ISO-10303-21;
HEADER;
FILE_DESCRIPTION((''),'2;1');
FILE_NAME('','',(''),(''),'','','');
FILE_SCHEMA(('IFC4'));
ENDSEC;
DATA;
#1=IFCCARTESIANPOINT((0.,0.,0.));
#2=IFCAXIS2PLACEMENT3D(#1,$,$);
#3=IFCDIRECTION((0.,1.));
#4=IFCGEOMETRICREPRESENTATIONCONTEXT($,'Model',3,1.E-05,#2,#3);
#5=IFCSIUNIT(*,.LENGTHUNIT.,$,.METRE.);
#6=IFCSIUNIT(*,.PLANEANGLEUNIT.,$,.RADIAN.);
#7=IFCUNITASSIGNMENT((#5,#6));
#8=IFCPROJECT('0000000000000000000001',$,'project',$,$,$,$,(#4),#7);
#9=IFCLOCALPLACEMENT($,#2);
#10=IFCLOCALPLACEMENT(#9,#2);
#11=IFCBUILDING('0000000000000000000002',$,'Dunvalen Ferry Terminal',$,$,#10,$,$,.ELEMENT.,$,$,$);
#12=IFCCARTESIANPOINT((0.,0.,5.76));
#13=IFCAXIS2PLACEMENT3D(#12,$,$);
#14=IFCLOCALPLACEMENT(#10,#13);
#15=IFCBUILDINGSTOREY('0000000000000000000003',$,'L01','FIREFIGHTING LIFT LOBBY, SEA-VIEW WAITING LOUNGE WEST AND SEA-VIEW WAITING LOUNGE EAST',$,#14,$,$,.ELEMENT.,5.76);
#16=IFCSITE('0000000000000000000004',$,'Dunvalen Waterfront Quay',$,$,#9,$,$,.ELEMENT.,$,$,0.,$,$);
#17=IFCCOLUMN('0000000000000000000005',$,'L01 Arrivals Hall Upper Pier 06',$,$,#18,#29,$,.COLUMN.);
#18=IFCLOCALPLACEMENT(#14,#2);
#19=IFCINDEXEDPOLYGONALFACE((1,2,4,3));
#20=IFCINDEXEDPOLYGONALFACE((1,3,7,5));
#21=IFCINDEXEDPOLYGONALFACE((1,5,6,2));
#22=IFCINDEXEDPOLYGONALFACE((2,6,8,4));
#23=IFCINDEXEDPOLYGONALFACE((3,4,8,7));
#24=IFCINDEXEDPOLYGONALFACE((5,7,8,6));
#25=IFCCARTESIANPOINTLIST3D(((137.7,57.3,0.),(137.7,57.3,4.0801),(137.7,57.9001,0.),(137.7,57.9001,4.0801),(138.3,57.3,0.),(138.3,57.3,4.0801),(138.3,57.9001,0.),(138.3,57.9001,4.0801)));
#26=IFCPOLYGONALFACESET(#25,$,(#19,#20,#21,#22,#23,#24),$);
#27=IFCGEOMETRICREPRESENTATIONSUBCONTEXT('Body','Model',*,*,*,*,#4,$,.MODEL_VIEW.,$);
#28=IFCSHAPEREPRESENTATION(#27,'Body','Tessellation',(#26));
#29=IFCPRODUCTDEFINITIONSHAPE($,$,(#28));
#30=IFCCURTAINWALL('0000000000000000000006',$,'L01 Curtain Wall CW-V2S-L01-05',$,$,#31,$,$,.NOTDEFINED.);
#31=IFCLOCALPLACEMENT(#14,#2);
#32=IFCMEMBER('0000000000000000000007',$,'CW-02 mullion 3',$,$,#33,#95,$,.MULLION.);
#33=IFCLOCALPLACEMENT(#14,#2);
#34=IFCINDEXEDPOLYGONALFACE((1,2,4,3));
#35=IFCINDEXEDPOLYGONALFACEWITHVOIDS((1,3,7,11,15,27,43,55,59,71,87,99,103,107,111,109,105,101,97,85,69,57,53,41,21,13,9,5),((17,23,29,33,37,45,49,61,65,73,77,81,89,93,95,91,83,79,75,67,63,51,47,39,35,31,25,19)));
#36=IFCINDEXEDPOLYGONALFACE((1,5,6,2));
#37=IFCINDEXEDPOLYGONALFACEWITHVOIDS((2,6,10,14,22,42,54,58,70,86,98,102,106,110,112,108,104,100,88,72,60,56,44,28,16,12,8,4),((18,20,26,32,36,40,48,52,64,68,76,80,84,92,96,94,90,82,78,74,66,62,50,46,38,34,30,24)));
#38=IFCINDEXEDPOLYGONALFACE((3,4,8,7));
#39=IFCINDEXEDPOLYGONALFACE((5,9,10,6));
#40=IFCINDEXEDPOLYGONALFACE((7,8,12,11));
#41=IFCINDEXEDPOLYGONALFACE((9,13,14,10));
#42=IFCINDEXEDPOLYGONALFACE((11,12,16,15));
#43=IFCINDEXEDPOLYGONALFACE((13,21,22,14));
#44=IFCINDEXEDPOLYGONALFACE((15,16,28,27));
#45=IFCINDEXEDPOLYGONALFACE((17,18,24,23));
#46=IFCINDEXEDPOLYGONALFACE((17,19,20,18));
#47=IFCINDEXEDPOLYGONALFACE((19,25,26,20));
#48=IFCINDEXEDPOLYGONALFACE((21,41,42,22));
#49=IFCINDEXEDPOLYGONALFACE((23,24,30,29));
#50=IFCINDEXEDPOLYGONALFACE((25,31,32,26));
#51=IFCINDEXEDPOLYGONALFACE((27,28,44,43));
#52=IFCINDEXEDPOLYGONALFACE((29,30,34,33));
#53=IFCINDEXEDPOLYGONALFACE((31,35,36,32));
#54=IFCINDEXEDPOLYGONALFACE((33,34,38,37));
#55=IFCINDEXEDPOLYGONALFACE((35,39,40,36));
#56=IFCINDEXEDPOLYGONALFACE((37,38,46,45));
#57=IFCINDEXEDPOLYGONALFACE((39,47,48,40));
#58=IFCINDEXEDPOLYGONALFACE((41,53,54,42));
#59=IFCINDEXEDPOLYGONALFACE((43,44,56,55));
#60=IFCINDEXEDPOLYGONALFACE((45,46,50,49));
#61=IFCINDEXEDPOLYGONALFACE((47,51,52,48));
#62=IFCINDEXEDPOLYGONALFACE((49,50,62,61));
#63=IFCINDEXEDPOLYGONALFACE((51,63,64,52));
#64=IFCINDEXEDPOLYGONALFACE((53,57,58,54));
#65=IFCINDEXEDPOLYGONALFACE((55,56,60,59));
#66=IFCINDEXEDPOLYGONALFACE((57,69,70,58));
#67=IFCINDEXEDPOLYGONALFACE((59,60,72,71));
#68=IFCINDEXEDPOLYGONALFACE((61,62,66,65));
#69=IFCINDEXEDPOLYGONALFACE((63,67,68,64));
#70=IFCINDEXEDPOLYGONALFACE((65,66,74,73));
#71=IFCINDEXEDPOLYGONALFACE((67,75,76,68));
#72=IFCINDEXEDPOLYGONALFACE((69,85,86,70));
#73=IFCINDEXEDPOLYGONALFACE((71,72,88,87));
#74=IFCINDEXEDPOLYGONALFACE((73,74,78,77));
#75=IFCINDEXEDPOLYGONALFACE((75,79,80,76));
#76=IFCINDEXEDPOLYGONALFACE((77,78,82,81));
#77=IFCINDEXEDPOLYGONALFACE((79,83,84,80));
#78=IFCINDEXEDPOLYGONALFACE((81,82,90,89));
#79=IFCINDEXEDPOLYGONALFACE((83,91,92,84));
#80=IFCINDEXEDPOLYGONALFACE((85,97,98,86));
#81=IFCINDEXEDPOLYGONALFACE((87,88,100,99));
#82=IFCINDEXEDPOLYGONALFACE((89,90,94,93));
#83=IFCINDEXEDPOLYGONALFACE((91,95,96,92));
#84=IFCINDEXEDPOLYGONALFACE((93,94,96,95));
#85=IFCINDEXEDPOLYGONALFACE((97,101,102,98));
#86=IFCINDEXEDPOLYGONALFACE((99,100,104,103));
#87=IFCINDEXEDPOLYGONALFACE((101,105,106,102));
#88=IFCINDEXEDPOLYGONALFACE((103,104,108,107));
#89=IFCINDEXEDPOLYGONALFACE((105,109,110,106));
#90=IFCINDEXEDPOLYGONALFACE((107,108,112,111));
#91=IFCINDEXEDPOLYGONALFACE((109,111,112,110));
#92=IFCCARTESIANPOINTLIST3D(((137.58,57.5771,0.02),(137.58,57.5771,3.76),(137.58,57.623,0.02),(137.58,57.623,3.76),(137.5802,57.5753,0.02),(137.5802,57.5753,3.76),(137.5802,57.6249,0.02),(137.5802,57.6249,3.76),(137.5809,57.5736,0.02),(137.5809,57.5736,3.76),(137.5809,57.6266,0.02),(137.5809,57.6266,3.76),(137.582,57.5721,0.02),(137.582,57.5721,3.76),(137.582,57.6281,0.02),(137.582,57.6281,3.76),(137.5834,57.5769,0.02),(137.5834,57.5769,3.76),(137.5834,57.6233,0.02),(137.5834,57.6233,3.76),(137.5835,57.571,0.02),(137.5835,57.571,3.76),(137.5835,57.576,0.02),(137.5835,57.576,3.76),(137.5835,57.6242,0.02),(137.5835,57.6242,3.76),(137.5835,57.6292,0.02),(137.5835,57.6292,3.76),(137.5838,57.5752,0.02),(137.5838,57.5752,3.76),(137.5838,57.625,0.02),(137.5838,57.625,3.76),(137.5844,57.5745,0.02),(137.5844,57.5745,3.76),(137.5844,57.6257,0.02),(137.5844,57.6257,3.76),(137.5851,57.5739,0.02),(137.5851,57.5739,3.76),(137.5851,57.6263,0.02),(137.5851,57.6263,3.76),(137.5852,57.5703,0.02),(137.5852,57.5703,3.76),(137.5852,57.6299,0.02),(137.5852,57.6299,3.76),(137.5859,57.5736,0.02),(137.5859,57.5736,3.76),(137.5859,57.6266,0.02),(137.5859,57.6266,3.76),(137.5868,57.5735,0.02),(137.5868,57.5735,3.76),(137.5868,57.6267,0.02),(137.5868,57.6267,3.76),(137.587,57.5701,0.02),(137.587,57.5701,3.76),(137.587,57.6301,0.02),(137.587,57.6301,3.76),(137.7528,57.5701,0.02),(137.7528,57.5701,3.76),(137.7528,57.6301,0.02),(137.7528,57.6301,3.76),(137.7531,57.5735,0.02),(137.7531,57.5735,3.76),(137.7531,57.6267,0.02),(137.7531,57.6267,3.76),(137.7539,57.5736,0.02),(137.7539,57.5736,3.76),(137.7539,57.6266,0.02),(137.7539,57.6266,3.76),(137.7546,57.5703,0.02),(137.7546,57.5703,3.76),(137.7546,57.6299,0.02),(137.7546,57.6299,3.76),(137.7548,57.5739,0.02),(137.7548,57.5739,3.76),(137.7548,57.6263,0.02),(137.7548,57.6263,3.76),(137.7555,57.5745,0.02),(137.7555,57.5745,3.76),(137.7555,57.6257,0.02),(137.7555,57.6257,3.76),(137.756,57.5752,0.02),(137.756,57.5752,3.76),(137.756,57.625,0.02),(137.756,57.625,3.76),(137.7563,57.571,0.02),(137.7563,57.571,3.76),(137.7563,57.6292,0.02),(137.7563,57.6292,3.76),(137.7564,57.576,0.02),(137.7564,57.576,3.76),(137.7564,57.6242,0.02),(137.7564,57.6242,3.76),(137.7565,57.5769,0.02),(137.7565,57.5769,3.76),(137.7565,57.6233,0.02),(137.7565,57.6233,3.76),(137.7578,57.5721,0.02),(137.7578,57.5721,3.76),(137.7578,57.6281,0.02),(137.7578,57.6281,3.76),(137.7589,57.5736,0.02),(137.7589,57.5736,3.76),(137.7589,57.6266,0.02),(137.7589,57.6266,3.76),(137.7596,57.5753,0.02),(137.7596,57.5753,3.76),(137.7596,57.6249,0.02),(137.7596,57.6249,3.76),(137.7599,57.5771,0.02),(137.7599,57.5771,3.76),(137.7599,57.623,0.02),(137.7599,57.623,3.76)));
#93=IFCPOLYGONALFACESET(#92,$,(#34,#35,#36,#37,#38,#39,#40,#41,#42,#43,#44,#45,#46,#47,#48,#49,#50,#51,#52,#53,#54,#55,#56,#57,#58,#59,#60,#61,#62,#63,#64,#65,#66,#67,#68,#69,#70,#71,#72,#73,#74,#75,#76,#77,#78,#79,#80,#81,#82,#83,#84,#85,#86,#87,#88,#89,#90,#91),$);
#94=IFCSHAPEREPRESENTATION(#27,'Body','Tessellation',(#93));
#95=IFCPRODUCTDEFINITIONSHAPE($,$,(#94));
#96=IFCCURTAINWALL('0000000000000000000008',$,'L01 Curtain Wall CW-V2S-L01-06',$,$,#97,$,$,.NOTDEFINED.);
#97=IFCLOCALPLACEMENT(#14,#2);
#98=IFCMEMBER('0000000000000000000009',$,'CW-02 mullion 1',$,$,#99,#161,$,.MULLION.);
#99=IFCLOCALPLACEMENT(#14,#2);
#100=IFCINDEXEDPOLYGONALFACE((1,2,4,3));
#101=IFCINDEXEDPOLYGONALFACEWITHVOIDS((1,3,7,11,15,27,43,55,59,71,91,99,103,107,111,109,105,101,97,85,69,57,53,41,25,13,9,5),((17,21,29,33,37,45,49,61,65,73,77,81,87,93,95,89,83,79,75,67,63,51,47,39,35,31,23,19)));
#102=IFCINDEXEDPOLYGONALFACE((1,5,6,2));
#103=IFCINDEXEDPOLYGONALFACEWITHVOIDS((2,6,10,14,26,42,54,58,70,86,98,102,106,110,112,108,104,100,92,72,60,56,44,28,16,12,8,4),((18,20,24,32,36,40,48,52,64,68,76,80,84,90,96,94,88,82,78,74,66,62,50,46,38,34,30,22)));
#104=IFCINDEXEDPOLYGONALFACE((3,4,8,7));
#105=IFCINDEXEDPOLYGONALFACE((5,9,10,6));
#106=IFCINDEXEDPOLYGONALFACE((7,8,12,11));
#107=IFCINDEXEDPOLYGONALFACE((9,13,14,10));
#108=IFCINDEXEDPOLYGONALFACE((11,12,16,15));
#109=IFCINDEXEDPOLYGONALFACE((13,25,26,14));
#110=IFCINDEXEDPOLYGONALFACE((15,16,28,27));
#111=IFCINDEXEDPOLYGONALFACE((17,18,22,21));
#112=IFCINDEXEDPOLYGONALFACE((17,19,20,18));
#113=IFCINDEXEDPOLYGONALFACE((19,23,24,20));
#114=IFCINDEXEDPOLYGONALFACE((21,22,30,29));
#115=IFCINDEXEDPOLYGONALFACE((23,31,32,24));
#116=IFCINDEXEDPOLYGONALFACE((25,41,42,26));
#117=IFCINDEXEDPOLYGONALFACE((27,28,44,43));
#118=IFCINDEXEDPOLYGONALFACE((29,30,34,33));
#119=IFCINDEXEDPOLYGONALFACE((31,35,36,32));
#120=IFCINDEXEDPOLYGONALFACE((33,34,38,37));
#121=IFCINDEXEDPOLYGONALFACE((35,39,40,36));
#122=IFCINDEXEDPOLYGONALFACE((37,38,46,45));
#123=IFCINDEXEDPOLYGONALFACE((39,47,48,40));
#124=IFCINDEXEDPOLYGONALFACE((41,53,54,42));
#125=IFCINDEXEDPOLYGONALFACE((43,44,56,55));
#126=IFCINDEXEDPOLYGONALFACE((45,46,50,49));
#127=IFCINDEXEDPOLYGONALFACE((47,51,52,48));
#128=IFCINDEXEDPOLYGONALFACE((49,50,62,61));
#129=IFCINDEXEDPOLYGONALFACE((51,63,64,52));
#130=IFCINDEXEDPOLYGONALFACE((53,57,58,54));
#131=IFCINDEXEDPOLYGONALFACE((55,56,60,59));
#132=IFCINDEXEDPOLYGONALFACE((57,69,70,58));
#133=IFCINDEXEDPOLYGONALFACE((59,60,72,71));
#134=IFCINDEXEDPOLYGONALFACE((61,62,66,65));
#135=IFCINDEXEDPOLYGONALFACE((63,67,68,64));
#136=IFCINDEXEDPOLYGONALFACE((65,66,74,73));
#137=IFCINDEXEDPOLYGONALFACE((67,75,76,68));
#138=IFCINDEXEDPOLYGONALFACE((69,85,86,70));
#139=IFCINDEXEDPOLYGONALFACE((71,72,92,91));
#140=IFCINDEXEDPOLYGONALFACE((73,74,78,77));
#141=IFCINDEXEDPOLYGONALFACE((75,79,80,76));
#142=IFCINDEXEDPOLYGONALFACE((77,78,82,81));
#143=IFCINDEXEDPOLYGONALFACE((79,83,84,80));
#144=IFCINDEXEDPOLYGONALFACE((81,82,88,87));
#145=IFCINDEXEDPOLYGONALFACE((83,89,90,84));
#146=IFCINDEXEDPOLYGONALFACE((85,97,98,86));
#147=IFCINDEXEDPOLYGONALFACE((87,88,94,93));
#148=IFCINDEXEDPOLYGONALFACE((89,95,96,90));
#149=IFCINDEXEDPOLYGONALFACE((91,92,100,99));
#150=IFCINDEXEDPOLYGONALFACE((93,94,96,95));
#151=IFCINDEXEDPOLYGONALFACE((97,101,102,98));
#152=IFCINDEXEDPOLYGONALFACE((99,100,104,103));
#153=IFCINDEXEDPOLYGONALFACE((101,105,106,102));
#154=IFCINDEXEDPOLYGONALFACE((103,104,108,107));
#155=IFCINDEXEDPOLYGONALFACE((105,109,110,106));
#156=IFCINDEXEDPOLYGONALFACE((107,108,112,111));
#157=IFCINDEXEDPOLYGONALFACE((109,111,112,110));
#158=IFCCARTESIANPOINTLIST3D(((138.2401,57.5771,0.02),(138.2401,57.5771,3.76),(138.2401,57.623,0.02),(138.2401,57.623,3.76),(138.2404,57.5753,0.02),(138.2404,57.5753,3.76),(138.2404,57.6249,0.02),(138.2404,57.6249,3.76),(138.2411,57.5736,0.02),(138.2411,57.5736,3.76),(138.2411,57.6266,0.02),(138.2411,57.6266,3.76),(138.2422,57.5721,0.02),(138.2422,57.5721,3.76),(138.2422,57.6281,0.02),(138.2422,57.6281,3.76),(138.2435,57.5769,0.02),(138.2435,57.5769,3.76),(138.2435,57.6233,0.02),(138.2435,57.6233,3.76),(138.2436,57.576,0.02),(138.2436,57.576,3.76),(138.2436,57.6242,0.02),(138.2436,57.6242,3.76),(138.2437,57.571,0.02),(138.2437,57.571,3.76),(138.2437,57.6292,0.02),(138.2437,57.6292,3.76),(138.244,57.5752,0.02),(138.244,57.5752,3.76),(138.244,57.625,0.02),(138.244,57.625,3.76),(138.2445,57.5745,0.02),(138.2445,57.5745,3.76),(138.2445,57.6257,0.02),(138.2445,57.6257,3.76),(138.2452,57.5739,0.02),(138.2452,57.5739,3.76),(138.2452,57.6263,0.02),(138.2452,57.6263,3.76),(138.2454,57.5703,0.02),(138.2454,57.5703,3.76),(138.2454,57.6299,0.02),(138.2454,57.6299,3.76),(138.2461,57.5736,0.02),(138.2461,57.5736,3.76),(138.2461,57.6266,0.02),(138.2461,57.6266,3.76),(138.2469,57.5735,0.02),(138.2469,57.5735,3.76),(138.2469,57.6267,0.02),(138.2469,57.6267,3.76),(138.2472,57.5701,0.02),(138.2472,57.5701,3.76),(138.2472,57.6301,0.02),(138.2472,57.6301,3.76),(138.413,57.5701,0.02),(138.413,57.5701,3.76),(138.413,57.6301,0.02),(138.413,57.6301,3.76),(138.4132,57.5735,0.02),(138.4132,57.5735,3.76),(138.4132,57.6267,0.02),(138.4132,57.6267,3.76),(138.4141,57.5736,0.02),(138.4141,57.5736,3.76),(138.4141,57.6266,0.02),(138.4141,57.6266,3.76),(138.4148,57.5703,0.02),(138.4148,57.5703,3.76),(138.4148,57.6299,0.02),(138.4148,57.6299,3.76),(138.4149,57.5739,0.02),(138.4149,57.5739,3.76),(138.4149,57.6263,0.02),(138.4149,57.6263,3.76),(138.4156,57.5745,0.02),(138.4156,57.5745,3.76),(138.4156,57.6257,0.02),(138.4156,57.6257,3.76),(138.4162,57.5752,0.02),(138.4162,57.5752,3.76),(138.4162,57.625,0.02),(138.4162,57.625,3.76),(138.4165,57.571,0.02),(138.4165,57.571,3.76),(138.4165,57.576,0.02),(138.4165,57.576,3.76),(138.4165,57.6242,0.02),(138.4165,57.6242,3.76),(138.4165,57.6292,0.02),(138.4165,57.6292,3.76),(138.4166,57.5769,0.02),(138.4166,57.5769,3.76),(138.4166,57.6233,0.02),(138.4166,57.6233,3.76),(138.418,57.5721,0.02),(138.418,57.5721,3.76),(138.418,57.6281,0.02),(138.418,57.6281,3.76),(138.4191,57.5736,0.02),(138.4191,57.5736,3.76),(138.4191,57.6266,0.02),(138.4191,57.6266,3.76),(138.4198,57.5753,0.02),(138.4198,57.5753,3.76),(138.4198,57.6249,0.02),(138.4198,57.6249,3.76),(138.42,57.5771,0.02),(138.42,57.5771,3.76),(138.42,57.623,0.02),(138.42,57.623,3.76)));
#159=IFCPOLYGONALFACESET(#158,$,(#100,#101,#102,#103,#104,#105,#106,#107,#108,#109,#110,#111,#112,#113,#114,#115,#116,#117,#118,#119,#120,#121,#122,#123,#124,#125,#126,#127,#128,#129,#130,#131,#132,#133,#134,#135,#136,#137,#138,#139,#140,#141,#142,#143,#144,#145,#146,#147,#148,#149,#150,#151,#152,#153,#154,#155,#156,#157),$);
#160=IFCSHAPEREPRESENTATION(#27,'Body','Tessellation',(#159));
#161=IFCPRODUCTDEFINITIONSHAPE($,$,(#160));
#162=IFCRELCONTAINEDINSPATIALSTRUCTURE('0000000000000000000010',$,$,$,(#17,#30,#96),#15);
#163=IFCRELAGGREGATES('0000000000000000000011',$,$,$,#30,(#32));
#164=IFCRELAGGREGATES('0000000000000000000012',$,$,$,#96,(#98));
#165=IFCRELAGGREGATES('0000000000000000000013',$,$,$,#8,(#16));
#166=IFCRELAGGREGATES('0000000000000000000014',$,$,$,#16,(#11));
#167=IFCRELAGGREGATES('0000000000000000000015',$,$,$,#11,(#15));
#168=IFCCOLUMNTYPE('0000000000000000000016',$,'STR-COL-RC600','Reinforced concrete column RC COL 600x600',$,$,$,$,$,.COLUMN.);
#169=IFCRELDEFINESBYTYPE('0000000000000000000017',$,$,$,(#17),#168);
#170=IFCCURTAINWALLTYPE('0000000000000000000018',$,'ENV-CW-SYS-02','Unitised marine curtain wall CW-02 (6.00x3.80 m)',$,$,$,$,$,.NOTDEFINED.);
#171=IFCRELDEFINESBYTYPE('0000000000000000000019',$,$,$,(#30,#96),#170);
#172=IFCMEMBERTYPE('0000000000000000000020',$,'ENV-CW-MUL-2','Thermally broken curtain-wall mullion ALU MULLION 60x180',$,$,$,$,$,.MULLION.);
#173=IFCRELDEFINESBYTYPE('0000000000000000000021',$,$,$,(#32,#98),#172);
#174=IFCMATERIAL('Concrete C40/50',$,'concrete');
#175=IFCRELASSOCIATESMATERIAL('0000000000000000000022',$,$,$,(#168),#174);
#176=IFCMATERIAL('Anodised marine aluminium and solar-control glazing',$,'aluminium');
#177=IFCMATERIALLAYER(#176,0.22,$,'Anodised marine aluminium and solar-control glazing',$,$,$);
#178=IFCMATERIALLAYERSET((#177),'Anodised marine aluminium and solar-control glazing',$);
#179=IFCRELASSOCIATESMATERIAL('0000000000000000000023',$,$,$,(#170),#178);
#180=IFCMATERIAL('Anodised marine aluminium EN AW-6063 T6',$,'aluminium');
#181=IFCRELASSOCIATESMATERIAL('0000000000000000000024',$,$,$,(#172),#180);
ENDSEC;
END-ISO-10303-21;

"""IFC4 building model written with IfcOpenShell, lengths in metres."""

from ifc_helpers import new_model, si_unit, direction, frame, origin, origin_2d, place, context, subcontext, project, spatial, rectangle, hollow_rectangle, extrude, material, layer, layer_set, material_profile, profile_set, type_object, element, aggregate, save


model = new_model("IFC4")

# Units and contexts
model_context = context("Model", 3, precision=1e-05, world=origin(), true_north=direction((0.0, 1.0)))
body_context = subcontext(model_context, "Body", "Model", "MODEL_VIEW")
ifc_project = project(units=[si_unit("LENGTHUNIT", "METRE"), si_unit("PLANEANGLEUNIT", "RADIAN")], contexts=[model_context])

# Site, building, storey
site_placement = place(None, origin())
site = spatial("IfcSite", under=ifc_project, at=site_placement, Name="Dunvalen Waterfront Quay", CompositionType="ELEMENT", RefElevation=0.0)
building_placement = place(site_placement, origin())
building = spatial("IfcBuilding", under=site, at=building_placement, Name="Dunvalen Ferry Terminal", CompositionType="ELEMENT")
storey_placement = place(building_placement, frame((0.0, 0.0, 5.76)))
storey = spatial("IfcBuildingStorey", under=building, at=storey_placement, Name="L01", Description="FIREFIGHTING LIFT LOBBY, SEA-VIEW WAITING LOUNGE WEST AND SEA-VIEW WAITING LOUNGE EAST", CompositionType="ELEMENT", Elevation=5.76)

# Column
ifc_material_1 = material(Name="Concrete C40/50", Category="concrete")
ifc_material_profile_1 = material_profile(ifc_material_1, rectangle(XDim=0.6001, YDim=0.6001, at=origin_2d()), Name="Concrete C40/50")
ifc_profile_set_1 = profile_set([ifc_material_profile_1], Name="Concrete C40/50")
column_type = type_object("IfcColumnType", Name="STR-COL-RC600", Description="Reinforced concrete column RC COL 600x600", PredefinedType="COLUMN", material=ifc_profile_set_1)
column_placement = place(storey_placement, frame((138.0, 57.6001, 0.0), z_axis=(0.0, 0.0, 1.0), x_axis=(1.0, 0.0, 0.0)))
element("IfcColumn", 1, at=column_placement, inside=storey, type_object=column_type, Name="L01 Arrivals Hall Upper Pier 06", PredefinedType="COLUMN", context=body_context, shape_type="SweptSolid", body=[
    extrude(rectangle(XDim=0.6001, YDim=0.6001, at=origin_2d()), origin(), (0.0, 0.0, 1.0), 4.0801),
])

# Curtain wall, member
ifc_material_2 = material(Name="Anodised marine aluminium and solar-control glazing", Category="aluminium")
ifc_layer_1 = layer(ifc_material_2, 0.22, Name="Anodised marine aluminium and solar-control glazing")
ifc_layer_set_1 = layer_set([ifc_layer_1], Name="Anodised marine aluminium and solar-control glazing")
curtain_wall_type = type_object("IfcCurtainWallType", Name="ENV-CW-SYS-02", Description="Unitised marine curtain wall CW-02 (6.00x3.80 m)", PredefinedType="NOTDEFINED", material=ifc_layer_set_1)
curtain_wall_1_placement = place(storey_placement, origin())
curtain_wall_1 = element("IfcCurtainWall", 2, at=curtain_wall_1_placement, inside=storey, type_object=curtain_wall_type, Name="L01 Curtain Wall CW-V2S-L01-05", PredefinedType="NOTDEFINED")
ifc_material_3 = material(Name="Anodised marine aluminium EN AW-6063 T6", Category="aluminium")
ifc_material_profile_2 = material_profile(ifc_material_3, hollow_rectangle(XDim=0.0601, YDim=0.1799, WallThickness=0.0034, InnerFilletRadius=0.0034, OuterFilletRadius=0.0071, at=origin_2d()), Name="Anodised marine aluminium EN AW-6063 T6")
ifc_profile_set_2 = profile_set([ifc_material_profile_2], Name="Anodised marine aluminium EN AW-6063 T6")
member_type_1 = type_object("IfcMemberType", Name="ENV-CW-MUL-2", Description="Thermally broken curtain-wall mullion ALU MULLION 60x180", PredefinedType="MULLION", material=ifc_profile_set_2)
member_1_placement = place(storey_placement, frame((137.6699, 57.6001, 0.02), z_axis=(0.0, 0.0, 1.0), x_axis=(0.0, 1.0, 0.0)))
member_1 = element("IfcMember", 3, at=member_1_placement, type_object=member_type_1, Name="CW-02 mullion 3", PredefinedType="MULLION", context=body_context, shape_type="SweptSolid", body=[
    extrude(hollow_rectangle(XDim=0.0601, YDim=0.1799, WallThickness=0.0034, InnerFilletRadius=0.0034, OuterFilletRadius=0.0071, at=origin_2d()), origin(), (0.0, 0.0, 1.0), 3.74),
])

# Curtain wall, member
curtain_wall_2_placement = place(storey_placement, origin())
curtain_wall_2 = element("IfcCurtainWall", 4, at=curtain_wall_2_placement, inside=storey, type_object=curtain_wall_type, Name="L01 Curtain Wall CW-V2S-L01-06", PredefinedType="NOTDEFINED")
member_2_placement = place(storey_placement, frame((138.3301, 57.6001, 0.02), z_axis=(0.0, 0.0, 1.0), x_axis=(0.0, 1.0, 0.0)))
member_2 = element("IfcMember", 5, at=member_2_placement, type_object=member_type_1, Name="CW-02 mullion 1", PredefinedType="MULLION", context=body_context, shape_type="SweptSolid", body=[
    extrude(hollow_rectangle(XDim=0.0601, YDim=0.1799, WallThickness=0.0034, InnerFilletRadius=0.0034, OuterFilletRadius=0.0071, at=origin_2d()), origin(), (0.0, 0.0, 1.0), 3.74),
])

aggregate(curtain_wall_1, [member_1])
aggregate(curtain_wall_2, [member_2])

save(model, "model.ifc")
